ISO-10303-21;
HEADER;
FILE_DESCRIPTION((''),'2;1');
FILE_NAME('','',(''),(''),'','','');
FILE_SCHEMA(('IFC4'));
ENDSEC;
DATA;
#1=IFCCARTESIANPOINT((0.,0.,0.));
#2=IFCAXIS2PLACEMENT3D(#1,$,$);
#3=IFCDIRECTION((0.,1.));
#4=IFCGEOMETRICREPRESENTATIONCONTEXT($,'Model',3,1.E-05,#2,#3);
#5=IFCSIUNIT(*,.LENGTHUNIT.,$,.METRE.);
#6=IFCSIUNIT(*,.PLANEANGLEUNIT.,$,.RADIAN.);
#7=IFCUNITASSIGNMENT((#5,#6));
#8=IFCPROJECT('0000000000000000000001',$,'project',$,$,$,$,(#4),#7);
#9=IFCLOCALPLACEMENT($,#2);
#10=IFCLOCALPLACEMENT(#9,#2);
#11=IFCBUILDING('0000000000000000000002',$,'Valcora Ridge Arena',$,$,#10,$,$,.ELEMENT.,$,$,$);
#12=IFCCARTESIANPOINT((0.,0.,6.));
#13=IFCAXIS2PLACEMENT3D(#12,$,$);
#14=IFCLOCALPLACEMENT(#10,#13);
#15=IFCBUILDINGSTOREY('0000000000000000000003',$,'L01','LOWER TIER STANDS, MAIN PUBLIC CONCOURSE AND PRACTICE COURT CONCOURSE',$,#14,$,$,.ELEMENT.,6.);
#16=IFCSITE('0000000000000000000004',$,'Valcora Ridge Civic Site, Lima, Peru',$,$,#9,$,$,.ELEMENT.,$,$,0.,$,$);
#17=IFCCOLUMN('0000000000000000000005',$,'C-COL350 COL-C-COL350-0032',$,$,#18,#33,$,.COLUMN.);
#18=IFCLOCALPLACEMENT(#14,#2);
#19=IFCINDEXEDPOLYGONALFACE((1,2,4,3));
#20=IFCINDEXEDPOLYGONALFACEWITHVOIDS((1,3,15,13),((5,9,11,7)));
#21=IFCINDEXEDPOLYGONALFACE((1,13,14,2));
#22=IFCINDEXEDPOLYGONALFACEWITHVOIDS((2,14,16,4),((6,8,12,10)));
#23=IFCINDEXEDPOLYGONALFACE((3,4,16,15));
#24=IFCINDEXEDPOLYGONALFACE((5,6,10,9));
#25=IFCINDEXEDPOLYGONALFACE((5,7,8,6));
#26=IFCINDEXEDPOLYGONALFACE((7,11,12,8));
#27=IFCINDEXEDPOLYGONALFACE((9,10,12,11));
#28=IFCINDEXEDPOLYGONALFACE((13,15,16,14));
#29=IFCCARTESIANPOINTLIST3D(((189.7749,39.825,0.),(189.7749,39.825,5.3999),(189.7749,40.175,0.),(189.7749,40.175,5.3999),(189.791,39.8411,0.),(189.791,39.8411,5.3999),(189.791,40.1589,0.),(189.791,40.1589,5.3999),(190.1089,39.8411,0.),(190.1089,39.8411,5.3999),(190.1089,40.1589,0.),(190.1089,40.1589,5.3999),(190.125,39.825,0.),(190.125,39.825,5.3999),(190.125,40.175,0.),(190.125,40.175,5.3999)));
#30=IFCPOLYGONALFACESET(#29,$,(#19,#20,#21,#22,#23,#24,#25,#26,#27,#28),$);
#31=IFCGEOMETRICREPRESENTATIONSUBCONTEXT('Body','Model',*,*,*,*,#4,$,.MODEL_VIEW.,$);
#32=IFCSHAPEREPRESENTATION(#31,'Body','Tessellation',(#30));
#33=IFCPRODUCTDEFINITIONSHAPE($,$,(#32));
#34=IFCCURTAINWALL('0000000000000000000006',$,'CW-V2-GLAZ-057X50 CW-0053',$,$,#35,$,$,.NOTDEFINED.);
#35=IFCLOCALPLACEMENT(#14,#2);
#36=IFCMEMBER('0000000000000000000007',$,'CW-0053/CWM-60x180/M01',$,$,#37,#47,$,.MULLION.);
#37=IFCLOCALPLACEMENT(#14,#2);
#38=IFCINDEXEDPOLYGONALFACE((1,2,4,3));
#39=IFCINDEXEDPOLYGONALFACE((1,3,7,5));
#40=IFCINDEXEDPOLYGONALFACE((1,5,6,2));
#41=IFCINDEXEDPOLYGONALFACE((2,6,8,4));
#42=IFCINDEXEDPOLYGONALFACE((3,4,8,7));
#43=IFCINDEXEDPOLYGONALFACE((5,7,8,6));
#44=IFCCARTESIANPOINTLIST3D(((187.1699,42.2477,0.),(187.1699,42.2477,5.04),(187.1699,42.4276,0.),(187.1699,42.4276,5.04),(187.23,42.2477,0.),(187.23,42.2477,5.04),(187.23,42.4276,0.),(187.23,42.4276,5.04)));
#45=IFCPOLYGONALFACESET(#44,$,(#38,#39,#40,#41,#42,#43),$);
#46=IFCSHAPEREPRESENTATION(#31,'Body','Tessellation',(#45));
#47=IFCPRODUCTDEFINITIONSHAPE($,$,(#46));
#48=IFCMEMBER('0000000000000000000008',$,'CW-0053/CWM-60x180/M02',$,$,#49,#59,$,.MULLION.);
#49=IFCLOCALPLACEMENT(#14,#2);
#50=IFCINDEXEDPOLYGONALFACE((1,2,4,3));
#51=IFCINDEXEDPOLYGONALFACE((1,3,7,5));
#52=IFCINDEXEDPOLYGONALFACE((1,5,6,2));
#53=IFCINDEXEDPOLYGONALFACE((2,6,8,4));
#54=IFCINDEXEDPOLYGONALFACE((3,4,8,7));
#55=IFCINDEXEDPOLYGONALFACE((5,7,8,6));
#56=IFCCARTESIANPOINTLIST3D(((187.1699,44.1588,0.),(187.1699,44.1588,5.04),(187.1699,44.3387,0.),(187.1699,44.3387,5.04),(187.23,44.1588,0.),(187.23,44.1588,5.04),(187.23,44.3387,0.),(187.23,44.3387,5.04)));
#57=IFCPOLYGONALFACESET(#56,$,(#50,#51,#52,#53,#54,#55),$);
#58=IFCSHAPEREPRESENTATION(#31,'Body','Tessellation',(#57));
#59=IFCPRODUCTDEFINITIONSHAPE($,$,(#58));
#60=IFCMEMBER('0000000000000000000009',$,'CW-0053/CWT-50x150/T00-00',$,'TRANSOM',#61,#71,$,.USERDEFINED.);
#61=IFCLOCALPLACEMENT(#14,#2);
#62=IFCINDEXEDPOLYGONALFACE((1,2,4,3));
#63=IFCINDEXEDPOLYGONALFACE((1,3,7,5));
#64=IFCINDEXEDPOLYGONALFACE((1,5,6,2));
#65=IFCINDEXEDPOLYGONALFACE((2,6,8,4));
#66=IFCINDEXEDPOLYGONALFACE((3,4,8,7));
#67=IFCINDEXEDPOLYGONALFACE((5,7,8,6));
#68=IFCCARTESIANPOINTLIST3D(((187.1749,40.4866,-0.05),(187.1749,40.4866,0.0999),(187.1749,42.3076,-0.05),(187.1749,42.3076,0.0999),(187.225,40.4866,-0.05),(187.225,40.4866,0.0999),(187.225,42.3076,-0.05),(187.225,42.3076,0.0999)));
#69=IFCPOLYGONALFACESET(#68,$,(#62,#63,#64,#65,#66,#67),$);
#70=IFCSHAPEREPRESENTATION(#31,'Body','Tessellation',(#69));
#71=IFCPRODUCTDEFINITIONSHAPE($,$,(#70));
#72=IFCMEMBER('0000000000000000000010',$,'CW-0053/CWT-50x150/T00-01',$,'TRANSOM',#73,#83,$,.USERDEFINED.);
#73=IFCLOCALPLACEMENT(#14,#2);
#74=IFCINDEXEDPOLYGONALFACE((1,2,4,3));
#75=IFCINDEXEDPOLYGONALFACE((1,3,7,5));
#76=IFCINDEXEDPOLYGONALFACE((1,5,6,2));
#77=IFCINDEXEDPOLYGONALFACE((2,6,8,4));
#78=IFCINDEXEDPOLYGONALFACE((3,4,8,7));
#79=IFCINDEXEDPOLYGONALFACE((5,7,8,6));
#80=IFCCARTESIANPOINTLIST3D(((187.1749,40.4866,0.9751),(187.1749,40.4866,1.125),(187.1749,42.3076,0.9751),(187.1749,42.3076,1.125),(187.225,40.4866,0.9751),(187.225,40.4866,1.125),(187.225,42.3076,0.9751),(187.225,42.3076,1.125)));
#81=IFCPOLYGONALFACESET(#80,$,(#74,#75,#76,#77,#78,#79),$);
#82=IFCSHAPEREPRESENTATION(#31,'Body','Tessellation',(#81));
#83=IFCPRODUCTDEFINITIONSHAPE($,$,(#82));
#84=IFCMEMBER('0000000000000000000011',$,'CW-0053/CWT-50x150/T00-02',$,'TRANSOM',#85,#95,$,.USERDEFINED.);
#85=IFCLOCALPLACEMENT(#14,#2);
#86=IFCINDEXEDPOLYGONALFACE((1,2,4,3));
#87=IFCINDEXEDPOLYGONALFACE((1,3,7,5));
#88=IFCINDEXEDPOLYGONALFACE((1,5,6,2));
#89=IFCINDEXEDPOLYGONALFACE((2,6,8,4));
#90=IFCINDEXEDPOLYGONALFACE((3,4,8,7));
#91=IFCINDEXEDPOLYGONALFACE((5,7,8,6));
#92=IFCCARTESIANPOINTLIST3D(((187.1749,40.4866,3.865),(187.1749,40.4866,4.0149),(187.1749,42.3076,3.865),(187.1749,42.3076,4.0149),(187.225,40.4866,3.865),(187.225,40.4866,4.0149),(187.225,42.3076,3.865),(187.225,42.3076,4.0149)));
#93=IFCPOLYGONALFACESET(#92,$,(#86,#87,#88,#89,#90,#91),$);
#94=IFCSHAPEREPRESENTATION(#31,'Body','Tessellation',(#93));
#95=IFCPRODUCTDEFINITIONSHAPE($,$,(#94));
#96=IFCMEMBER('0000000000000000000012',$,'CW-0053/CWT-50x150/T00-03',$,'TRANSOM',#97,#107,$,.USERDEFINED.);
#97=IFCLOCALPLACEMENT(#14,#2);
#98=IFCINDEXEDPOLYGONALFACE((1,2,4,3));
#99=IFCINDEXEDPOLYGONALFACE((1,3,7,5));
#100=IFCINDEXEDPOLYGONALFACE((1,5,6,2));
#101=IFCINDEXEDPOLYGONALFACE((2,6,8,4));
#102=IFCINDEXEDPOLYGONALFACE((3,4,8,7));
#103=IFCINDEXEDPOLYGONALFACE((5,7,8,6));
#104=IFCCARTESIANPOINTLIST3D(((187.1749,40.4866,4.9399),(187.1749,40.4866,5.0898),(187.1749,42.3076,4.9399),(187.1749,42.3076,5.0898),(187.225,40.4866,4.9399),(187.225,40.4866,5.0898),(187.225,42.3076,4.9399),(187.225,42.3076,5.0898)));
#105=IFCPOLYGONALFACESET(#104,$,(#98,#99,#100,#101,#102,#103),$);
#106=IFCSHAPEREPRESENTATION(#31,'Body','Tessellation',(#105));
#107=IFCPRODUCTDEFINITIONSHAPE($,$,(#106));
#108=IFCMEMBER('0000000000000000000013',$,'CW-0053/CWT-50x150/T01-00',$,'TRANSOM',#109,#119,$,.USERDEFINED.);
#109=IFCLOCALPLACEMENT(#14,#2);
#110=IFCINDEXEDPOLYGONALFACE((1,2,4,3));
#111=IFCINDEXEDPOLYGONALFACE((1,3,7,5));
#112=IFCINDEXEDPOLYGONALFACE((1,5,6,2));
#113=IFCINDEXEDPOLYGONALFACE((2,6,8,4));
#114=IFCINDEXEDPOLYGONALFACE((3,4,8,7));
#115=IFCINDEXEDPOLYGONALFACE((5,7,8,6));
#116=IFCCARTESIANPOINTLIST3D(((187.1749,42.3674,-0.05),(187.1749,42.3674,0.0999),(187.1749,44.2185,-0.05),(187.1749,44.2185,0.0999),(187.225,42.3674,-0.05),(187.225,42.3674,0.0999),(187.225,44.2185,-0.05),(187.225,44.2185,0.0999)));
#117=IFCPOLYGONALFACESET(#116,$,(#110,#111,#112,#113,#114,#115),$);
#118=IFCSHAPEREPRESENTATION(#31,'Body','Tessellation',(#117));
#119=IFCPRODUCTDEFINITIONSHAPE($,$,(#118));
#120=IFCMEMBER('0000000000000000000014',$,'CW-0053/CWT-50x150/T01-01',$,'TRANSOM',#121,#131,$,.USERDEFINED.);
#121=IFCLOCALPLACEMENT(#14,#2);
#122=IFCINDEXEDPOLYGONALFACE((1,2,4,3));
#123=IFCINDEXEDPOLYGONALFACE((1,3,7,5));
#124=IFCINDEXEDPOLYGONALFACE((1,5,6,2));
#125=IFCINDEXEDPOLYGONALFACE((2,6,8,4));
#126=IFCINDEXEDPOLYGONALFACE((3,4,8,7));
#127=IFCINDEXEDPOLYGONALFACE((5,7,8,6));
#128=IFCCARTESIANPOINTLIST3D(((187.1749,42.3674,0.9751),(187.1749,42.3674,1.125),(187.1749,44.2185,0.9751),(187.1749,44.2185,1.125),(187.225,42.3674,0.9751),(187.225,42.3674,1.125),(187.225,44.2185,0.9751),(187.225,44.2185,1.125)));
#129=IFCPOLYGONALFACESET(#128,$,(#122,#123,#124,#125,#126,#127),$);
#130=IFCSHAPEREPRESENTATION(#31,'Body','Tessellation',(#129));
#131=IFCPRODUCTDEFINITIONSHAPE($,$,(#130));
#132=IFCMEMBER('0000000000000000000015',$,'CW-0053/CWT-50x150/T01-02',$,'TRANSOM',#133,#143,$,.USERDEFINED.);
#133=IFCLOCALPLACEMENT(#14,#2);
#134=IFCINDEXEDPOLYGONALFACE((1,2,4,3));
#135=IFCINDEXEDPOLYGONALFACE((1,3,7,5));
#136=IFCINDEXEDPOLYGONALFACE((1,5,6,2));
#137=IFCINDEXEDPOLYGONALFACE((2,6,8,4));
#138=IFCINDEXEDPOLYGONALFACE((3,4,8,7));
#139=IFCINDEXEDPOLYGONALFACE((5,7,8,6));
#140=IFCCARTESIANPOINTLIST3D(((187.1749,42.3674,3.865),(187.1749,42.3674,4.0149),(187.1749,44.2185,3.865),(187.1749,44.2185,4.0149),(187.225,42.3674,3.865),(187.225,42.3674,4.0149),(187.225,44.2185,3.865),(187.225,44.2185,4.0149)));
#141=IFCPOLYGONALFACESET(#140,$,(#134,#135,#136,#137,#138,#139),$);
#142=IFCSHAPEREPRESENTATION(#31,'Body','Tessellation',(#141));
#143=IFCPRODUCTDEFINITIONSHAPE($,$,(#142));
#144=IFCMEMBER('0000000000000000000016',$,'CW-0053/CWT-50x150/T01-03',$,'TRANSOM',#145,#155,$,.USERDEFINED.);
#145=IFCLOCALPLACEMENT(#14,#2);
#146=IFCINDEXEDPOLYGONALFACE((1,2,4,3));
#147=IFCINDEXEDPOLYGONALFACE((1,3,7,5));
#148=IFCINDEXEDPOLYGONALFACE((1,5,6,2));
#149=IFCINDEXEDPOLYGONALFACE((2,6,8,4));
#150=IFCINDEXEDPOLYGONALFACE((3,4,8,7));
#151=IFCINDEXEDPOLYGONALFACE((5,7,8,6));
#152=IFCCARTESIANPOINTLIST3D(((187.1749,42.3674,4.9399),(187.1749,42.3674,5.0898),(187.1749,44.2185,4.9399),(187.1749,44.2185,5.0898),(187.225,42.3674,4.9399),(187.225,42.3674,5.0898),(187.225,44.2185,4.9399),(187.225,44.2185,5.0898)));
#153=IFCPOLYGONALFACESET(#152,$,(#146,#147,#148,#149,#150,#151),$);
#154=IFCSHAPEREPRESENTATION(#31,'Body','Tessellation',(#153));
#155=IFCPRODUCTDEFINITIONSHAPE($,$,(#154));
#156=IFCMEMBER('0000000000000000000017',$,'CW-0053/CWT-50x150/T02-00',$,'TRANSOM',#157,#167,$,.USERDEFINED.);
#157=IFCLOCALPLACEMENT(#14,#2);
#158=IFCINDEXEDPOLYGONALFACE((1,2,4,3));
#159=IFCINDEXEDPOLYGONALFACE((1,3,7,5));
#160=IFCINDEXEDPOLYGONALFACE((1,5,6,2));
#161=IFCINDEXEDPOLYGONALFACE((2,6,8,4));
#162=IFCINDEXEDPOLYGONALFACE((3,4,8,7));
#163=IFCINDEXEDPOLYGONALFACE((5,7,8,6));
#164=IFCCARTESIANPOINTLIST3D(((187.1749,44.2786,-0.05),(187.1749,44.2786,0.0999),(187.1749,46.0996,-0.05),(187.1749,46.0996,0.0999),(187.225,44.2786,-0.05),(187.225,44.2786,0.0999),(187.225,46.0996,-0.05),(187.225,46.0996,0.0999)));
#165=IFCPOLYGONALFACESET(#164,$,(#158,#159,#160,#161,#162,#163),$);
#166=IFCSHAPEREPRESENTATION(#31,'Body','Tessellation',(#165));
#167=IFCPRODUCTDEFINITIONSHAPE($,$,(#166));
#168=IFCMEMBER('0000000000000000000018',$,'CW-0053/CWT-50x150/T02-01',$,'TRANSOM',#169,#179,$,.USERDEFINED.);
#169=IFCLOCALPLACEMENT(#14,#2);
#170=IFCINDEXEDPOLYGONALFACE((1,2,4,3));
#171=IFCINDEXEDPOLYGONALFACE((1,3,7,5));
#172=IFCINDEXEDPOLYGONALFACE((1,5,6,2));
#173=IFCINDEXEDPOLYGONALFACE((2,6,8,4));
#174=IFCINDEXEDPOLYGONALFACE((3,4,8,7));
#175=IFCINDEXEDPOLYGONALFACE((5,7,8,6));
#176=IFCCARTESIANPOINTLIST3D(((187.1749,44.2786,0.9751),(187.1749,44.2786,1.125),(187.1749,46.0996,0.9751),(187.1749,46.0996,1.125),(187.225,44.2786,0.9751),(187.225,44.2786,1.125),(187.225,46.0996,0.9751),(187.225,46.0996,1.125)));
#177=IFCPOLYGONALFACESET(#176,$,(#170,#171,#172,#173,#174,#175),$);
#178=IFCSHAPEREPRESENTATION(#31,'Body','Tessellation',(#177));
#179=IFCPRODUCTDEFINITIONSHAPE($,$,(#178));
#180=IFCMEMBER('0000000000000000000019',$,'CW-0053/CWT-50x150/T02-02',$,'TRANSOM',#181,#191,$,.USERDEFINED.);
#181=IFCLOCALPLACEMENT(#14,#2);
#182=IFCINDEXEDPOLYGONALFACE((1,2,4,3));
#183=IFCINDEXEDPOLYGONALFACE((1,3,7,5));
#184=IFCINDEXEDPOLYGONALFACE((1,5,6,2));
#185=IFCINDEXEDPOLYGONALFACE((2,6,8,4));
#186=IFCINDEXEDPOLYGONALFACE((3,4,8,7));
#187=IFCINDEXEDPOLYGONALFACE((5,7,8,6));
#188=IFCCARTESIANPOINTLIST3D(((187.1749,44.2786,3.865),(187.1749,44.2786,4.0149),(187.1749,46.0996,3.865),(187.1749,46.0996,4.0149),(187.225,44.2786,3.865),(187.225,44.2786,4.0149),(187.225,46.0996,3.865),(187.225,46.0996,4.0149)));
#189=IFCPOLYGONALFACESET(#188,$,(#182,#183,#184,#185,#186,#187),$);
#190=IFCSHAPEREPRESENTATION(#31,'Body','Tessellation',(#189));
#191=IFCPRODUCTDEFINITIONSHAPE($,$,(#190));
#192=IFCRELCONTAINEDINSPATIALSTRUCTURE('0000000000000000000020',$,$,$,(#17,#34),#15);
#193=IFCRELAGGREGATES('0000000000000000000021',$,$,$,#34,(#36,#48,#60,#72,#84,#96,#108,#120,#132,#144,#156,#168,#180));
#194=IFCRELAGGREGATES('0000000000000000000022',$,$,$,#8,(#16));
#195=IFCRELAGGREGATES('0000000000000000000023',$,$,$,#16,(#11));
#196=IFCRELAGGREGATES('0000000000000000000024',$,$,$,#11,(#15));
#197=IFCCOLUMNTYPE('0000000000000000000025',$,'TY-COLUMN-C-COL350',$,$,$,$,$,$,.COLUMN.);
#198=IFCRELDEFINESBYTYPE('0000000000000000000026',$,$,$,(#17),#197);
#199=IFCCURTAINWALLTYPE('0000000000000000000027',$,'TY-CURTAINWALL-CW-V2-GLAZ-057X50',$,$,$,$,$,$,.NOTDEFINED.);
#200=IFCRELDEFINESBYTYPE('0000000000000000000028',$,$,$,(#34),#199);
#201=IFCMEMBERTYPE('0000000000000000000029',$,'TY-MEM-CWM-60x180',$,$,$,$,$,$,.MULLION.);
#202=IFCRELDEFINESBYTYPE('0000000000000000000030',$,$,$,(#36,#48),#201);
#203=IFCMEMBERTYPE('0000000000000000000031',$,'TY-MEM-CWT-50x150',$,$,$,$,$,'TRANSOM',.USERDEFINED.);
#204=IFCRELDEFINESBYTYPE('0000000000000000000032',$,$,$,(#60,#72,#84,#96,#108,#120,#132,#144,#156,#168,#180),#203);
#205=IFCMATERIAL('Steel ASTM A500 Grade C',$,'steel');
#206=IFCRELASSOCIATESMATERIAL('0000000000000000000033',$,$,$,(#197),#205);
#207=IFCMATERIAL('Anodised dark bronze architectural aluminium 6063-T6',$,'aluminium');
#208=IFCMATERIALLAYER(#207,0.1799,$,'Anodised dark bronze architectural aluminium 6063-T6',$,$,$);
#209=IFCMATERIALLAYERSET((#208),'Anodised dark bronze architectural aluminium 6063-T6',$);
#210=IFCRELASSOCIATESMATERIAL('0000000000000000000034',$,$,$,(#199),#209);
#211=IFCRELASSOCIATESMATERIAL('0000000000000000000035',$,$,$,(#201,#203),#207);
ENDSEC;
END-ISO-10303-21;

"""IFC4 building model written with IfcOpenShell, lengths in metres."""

from ifc_helpers import new_model, si_unit, direction, frame, origin, origin_2d, place, context, subcontext, project, spatial, rectangle, hollow_rectangle, extrude, material, layer, layer_set, material_profile, profile_set, type_object, element, aggregate, save


model = new_model("IFC4")

# Units and contexts
model_context = context("Model", 3, precision=1e-05, world=origin(), true_north=direction((0.0, 1.0)))
body_context = subcontext(model_context, "Body", "Model", "MODEL_VIEW")
ifc_project = project(units=[si_unit("LENGTHUNIT", "METRE"), si_unit("PLANEANGLEUNIT", "RADIAN")], contexts=[model_context])

# Site, building, storey
site_placement = place(None, origin())
site = spatial("IfcSite", under=ifc_project, at=site_placement, Name="Valcora Ridge Civic Site, Lima, Peru", CompositionType="ELEMENT", RefElevation=0.0)
building_placement = place(site_placement, origin())
building = spatial("IfcBuilding", under=site, at=building_placement, Name="Valcora Ridge Arena", CompositionType="ELEMENT")
storey_placement = place(building_placement, frame((0.0, 0.0, 6.0)))
storey = spatial("IfcBuildingStorey", under=building, at=storey_placement, Name="L01", Description="LOWER TIER STANDS, MAIN PUBLIC CONCOURSE AND PRACTICE COURT CONCOURSE", CompositionType="ELEMENT", Elevation=6.0)

# Column
ifc_material_1 = material(Name="Steel ASTM A500 Grade C", Category="steel")
ifc_material_profile_1 = material_profile(ifc_material_1, hollow_rectangle(XDim=0.3501, YDim=0.3501, WallThickness=0.0161, at=origin_2d()), Name="HSS350X350X16")
ifc_profile_set_1 = profile_set([ifc_material_profile_1], Name="Steel ASTM A500 Grade C")
column_type = type_object("IfcColumnType", Name="TY-COLUMN-C-COL350", PredefinedType="COLUMN", material=ifc_profile_set_1)
column_placement = place(storey_placement, frame((189.95, 40.0, 0.0), z_axis=(0.0, 0.0, 1.0), x_axis=(1.0, 0.0, 0.0)))
element("IfcColumn", 1, at=column_placement, inside=storey, type_object=column_type, Name="C-COL350 COL-C-COL350-0032", PredefinedType="COLUMN", context=body_context, shape_type="SweptSolid", body=[
    extrude(hollow_rectangle(XDim=0.3501, YDim=0.3501, WallThickness=0.0161, at=origin_2d()), origin(), (0.0, 0.0, 1.0), 5.3999),
])

# Curtain wall, members
ifc_material_2 = material(Name="Anodised dark bronze architectural aluminium 6063-T6", Category="aluminium")
ifc_layer_1 = layer(ifc_material_2, 0.1799, Name="Anodised dark bronze architectural aluminium 6063-T6")
ifc_layer_set_1 = layer_set([ifc_layer_1], Name="Anodised dark bronze architectural aluminium 6063-T6")
curtain_wall_type = type_object("IfcCurtainWallType", Name="TY-CURTAINWALL-CW-V2-GLAZ-057X50", PredefinedType="NOTDEFINED", material=ifc_layer_set_1)
curtain_wall_placement = place(storey_placement, origin())
curtain_wall = element("IfcCurtainWall", 2, at=curtain_wall_placement, inside=storey, type_object=curtain_wall_type, Name="CW-V2-GLAZ-057X50 CW-0053", PredefinedType="NOTDEFINED")
ifc_material_profile_2 = material_profile(ifc_material_2, rectangle(XDim=0.0601, YDim=0.1799, at=origin_2d()), Name="ALU MULLION 60x180")
ifc_profile_set_2 = profile_set([ifc_material_profile_2], Name="Anodised dark bronze architectural aluminium 6063-T6")
member_type_1 = type_object("IfcMemberType", Name="TY-MEM-CWM-60x180", PredefinedType="MULLION", material=ifc_profile_set_2)
member_1_placement = place(storey_placement, frame((187.2, 42.3376, 0.0), z_axis=(0.0, 0.0, 1.0), x_axis=(-1.0, 0.0, 0.0)))
member_1 = element("IfcMember", 3, at=member_1_placement, type_object=member_type_1, Name="CW-0053/CWM-60x180/M01", PredefinedType="MULLION", context=body_context, shape_type="SweptSolid", body=[
    extrude(rectangle(XDim=0.0601, YDim=0.1799, at=origin_2d()), origin(), (0.0, 0.0, 1.0), 5.04),
])
member_2_placement = place(storey_placement, frame((187.2, 44.2488, 0.0), z_axis=(0.0, 0.0, 1.0), x_axis=(-1.0, 0.0, 0.0)))
member_2 = element("IfcMember", 4, at=member_2_placement, type_object=member_type_1, Name="CW-0053/CWM-60x180/M02", PredefinedType="MULLION", context=body_context, shape_type="SweptSolid", body=[
    extrude(rectangle(XDim=0.0601, YDim=0.1799, at=origin_2d()), origin(), (0.0, 0.0, 1.0), 5.04),
])
ifc_material_profile_3 = material_profile(ifc_material_2, rectangle(XDim=0.05, YDim=0.1499, at=origin_2d()), Name="ALU TRANSOM 50x150")
ifc_profile_set_3 = profile_set([ifc_material_profile_3], Name="Anodised dark bronze architectural aluminium 6063-T6")
member_type_2 = type_object("IfcMemberType", Name="TY-MEM-CWT-50x150", ElementType="TRANSOM", PredefinedType="USERDEFINED", material=ifc_profile_set_3)
member_3_placement = place(storey_placement, frame((187.2, 40.4866, 0.0249), z_axis=(0.0, 1.0, 0.0), x_axis=(-1.0, 0.0, 0.0)))
member_3 = element("IfcMember", 5, at=member_3_placement, type_object=member_type_2, Name="CW-0053/CWT-50x150/T00-00", ObjectType="TRANSOM", PredefinedType="USERDEFINED", context=body_context, shape_type="SweptSolid", body=[
    extrude(rectangle(XDim=0.05, YDim=0.1499, at=origin_2d()), origin(), (0.0, 0.0, 1.0), 1.821),
])
member_4_placement = place(storey_placement, frame((187.2, 40.4866, 1.05), z_axis=(0.0, 1.0, 0.0), x_axis=(-1.0, 0.0, 0.0)))
member_4 = element("IfcMember", 6, at=member_4_placement, type_object=member_type_2, Name="CW-0053/CWT-50x150/T00-01", ObjectType="TRANSOM", PredefinedType="USERDEFINED", context=body_context, shape_type="SweptSolid", body=[
    extrude(rectangle(XDim=0.05, YDim=0.1499, at=origin_2d()), origin(), (0.0, 0.0, 1.0), 1.821),
])
member_5_placement = place(storey_placement, frame((187.2, 40.4866, 3.9399), z_axis=(0.0, 1.0, 0.0), x_axis=(-1.0, 0.0, 0.0)))
member_5 = element("IfcMember", 7, at=member_5_placement, type_object=member_type_2, Name="CW-0053/CWT-50x150/T00-02", ObjectType="TRANSOM", PredefinedType="USERDEFINED", context=body_context, shape_type="SweptSolid", body=[
    extrude(rectangle(XDim=0.05, YDim=0.1499, at=origin_2d()), origin(), (0.0, 0.0, 1.0), 1.821),
])
member_6_placement = place(storey_placement, frame((187.2, 40.4866, 5.0149), z_axis=(0.0, 1.0, 0.0), x_axis=(-1.0, 0.0, 0.0)))
member_6 = element("IfcMember", 8, at=member_6_placement, type_object=member_type_2, Name="CW-0053/CWT-50x150/T00-03", ObjectType="TRANSOM", PredefinedType="USERDEFINED", context=body_context, shape_type="SweptSolid", body=[
    extrude(rectangle(XDim=0.05, YDim=0.1499, at=origin_2d()), origin(), (0.0, 0.0, 1.0), 1.821),
])
member_7_placement = place(storey_placement, frame((187.2, 42.3674, 0.0249), z_axis=(0.0, 1.0, 0.0), x_axis=(-1.0, 0.0, 0.0)))
member_7 = element("IfcMember", 9, at=member_7_placement, type_object=member_type_2, Name="CW-0053/CWT-50x150/T01-00", ObjectType="TRANSOM", PredefinedType="USERDEFINED", context=body_context, shape_type="SweptSolid", body=[
    extrude(rectangle(XDim=0.05, YDim=0.1499, at=origin_2d()), origin(), (0.0, 0.0, 1.0), 1.8511),
])
member_8_placement = place(storey_placement, frame((187.2, 42.3674, 1.05), z_axis=(0.0, 1.0, 0.0), x_axis=(-1.0, 0.0, 0.0)))
member_8 = element("IfcMember", 10, at=member_8_placement, type_object=member_type_2, Name="CW-0053/CWT-50x150/T01-01", ObjectType="TRANSOM", PredefinedType="USERDEFINED", context=body_context, shape_type="SweptSolid", body=[
    extrude(rectangle(XDim=0.05, YDim=0.1499, at=origin_2d()), origin(), (0.0, 0.0, 1.0), 1.8511),
])
member_9_placement = place(storey_placement, frame((187.2, 42.3674, 3.9399), z_axis=(0.0, 1.0, 0.0), x_axis=(-1.0, 0.0, 0.0)))
member_9 = element("IfcMember", 11, at=member_9_placement, type_object=member_type_2, Name="CW-0053/CWT-50x150/T01-02", ObjectType="TRANSOM", PredefinedType="USERDEFINED", context=body_context, shape_type="SweptSolid", body=[
    extrude(rectangle(XDim=0.05, YDim=0.1499, at=origin_2d()), origin(), (0.0, 0.0, 1.0), 1.8511),
])
member_10_placement = place(storey_placement, frame((187.2, 42.3674, 5.0149), z_axis=(0.0, 1.0, 0.0), x_axis=(-1.0, 0.0, 0.0)))
member_10 = element("IfcMember", 12, at=member_10_placement, type_object=member_type_2, Name="CW-0053/CWT-50x150/T01-03", ObjectType="TRANSOM", PredefinedType="USERDEFINED", context=body_context, shape_type="SweptSolid", body=[
    extrude(rectangle(XDim=0.05, YDim=0.1499, at=origin_2d()), origin(), (0.0, 0.0, 1.0), 1.8511),
])
member_11_placement = place(storey_placement, frame((187.2, 44.2786, 0.0249), z_axis=(0.0, 1.0, 0.0), x_axis=(-1.0, 0.0, 0.0)))
member_11 = element("IfcMember", 13, at=member_11_placement, type_object=member_type_2, Name="CW-0053/CWT-50x150/T02-00", ObjectType="TRANSOM", PredefinedType="USERDEFINED", context=body_context, shape_type="SweptSolid", body=[
    extrude(rectangle(XDim=0.05, YDim=0.1499, at=origin_2d()), origin(), (0.0, 0.0, 1.0), 1.821),
])
member_12_placement = place(storey_placement, frame((187.2, 44.2786, 1.05), z_axis=(0.0, 1.0, 0.0), x_axis=(-1.0, 0.0, 0.0)))
member_12 = element("IfcMember", 14, at=member_12_placement, type_object=member_type_2, Name="CW-0053/CWT-50x150/T02-01", ObjectType="TRANSOM", PredefinedType="USERDEFINED", context=body_context, shape_type="SweptSolid", body=[
    extrude(rectangle(XDim=0.05, YDim=0.1499, at=origin_2d()), origin(), (0.0, 0.0, 1.0), 1.821),
])
member_13_placement = place(storey_placement, frame((187.2, 44.2786, 3.9399), z_axis=(0.0, 1.0, 0.0), x_axis=(-1.0, 0.0, 0.0)))
member_13 = element("IfcMember", 15, at=member_13_placement, type_object=member_type_2, Name="CW-0053/CWT-50x150/T02-02", ObjectType="TRANSOM", PredefinedType="USERDEFINED", context=body_context, shape_type="SweptSolid", body=[
    extrude(rectangle(XDim=0.05, YDim=0.1499, at=origin_2d()), origin(), (0.0, 0.0, 1.0), 1.821),
])
aggregate(curtain_wall, [member_1, member_2, member_3, member_4, member_5, member_6, member_7, member_8, member_9, member_10, member_11, member_12, member_13])

save(model, "model.ifc")
